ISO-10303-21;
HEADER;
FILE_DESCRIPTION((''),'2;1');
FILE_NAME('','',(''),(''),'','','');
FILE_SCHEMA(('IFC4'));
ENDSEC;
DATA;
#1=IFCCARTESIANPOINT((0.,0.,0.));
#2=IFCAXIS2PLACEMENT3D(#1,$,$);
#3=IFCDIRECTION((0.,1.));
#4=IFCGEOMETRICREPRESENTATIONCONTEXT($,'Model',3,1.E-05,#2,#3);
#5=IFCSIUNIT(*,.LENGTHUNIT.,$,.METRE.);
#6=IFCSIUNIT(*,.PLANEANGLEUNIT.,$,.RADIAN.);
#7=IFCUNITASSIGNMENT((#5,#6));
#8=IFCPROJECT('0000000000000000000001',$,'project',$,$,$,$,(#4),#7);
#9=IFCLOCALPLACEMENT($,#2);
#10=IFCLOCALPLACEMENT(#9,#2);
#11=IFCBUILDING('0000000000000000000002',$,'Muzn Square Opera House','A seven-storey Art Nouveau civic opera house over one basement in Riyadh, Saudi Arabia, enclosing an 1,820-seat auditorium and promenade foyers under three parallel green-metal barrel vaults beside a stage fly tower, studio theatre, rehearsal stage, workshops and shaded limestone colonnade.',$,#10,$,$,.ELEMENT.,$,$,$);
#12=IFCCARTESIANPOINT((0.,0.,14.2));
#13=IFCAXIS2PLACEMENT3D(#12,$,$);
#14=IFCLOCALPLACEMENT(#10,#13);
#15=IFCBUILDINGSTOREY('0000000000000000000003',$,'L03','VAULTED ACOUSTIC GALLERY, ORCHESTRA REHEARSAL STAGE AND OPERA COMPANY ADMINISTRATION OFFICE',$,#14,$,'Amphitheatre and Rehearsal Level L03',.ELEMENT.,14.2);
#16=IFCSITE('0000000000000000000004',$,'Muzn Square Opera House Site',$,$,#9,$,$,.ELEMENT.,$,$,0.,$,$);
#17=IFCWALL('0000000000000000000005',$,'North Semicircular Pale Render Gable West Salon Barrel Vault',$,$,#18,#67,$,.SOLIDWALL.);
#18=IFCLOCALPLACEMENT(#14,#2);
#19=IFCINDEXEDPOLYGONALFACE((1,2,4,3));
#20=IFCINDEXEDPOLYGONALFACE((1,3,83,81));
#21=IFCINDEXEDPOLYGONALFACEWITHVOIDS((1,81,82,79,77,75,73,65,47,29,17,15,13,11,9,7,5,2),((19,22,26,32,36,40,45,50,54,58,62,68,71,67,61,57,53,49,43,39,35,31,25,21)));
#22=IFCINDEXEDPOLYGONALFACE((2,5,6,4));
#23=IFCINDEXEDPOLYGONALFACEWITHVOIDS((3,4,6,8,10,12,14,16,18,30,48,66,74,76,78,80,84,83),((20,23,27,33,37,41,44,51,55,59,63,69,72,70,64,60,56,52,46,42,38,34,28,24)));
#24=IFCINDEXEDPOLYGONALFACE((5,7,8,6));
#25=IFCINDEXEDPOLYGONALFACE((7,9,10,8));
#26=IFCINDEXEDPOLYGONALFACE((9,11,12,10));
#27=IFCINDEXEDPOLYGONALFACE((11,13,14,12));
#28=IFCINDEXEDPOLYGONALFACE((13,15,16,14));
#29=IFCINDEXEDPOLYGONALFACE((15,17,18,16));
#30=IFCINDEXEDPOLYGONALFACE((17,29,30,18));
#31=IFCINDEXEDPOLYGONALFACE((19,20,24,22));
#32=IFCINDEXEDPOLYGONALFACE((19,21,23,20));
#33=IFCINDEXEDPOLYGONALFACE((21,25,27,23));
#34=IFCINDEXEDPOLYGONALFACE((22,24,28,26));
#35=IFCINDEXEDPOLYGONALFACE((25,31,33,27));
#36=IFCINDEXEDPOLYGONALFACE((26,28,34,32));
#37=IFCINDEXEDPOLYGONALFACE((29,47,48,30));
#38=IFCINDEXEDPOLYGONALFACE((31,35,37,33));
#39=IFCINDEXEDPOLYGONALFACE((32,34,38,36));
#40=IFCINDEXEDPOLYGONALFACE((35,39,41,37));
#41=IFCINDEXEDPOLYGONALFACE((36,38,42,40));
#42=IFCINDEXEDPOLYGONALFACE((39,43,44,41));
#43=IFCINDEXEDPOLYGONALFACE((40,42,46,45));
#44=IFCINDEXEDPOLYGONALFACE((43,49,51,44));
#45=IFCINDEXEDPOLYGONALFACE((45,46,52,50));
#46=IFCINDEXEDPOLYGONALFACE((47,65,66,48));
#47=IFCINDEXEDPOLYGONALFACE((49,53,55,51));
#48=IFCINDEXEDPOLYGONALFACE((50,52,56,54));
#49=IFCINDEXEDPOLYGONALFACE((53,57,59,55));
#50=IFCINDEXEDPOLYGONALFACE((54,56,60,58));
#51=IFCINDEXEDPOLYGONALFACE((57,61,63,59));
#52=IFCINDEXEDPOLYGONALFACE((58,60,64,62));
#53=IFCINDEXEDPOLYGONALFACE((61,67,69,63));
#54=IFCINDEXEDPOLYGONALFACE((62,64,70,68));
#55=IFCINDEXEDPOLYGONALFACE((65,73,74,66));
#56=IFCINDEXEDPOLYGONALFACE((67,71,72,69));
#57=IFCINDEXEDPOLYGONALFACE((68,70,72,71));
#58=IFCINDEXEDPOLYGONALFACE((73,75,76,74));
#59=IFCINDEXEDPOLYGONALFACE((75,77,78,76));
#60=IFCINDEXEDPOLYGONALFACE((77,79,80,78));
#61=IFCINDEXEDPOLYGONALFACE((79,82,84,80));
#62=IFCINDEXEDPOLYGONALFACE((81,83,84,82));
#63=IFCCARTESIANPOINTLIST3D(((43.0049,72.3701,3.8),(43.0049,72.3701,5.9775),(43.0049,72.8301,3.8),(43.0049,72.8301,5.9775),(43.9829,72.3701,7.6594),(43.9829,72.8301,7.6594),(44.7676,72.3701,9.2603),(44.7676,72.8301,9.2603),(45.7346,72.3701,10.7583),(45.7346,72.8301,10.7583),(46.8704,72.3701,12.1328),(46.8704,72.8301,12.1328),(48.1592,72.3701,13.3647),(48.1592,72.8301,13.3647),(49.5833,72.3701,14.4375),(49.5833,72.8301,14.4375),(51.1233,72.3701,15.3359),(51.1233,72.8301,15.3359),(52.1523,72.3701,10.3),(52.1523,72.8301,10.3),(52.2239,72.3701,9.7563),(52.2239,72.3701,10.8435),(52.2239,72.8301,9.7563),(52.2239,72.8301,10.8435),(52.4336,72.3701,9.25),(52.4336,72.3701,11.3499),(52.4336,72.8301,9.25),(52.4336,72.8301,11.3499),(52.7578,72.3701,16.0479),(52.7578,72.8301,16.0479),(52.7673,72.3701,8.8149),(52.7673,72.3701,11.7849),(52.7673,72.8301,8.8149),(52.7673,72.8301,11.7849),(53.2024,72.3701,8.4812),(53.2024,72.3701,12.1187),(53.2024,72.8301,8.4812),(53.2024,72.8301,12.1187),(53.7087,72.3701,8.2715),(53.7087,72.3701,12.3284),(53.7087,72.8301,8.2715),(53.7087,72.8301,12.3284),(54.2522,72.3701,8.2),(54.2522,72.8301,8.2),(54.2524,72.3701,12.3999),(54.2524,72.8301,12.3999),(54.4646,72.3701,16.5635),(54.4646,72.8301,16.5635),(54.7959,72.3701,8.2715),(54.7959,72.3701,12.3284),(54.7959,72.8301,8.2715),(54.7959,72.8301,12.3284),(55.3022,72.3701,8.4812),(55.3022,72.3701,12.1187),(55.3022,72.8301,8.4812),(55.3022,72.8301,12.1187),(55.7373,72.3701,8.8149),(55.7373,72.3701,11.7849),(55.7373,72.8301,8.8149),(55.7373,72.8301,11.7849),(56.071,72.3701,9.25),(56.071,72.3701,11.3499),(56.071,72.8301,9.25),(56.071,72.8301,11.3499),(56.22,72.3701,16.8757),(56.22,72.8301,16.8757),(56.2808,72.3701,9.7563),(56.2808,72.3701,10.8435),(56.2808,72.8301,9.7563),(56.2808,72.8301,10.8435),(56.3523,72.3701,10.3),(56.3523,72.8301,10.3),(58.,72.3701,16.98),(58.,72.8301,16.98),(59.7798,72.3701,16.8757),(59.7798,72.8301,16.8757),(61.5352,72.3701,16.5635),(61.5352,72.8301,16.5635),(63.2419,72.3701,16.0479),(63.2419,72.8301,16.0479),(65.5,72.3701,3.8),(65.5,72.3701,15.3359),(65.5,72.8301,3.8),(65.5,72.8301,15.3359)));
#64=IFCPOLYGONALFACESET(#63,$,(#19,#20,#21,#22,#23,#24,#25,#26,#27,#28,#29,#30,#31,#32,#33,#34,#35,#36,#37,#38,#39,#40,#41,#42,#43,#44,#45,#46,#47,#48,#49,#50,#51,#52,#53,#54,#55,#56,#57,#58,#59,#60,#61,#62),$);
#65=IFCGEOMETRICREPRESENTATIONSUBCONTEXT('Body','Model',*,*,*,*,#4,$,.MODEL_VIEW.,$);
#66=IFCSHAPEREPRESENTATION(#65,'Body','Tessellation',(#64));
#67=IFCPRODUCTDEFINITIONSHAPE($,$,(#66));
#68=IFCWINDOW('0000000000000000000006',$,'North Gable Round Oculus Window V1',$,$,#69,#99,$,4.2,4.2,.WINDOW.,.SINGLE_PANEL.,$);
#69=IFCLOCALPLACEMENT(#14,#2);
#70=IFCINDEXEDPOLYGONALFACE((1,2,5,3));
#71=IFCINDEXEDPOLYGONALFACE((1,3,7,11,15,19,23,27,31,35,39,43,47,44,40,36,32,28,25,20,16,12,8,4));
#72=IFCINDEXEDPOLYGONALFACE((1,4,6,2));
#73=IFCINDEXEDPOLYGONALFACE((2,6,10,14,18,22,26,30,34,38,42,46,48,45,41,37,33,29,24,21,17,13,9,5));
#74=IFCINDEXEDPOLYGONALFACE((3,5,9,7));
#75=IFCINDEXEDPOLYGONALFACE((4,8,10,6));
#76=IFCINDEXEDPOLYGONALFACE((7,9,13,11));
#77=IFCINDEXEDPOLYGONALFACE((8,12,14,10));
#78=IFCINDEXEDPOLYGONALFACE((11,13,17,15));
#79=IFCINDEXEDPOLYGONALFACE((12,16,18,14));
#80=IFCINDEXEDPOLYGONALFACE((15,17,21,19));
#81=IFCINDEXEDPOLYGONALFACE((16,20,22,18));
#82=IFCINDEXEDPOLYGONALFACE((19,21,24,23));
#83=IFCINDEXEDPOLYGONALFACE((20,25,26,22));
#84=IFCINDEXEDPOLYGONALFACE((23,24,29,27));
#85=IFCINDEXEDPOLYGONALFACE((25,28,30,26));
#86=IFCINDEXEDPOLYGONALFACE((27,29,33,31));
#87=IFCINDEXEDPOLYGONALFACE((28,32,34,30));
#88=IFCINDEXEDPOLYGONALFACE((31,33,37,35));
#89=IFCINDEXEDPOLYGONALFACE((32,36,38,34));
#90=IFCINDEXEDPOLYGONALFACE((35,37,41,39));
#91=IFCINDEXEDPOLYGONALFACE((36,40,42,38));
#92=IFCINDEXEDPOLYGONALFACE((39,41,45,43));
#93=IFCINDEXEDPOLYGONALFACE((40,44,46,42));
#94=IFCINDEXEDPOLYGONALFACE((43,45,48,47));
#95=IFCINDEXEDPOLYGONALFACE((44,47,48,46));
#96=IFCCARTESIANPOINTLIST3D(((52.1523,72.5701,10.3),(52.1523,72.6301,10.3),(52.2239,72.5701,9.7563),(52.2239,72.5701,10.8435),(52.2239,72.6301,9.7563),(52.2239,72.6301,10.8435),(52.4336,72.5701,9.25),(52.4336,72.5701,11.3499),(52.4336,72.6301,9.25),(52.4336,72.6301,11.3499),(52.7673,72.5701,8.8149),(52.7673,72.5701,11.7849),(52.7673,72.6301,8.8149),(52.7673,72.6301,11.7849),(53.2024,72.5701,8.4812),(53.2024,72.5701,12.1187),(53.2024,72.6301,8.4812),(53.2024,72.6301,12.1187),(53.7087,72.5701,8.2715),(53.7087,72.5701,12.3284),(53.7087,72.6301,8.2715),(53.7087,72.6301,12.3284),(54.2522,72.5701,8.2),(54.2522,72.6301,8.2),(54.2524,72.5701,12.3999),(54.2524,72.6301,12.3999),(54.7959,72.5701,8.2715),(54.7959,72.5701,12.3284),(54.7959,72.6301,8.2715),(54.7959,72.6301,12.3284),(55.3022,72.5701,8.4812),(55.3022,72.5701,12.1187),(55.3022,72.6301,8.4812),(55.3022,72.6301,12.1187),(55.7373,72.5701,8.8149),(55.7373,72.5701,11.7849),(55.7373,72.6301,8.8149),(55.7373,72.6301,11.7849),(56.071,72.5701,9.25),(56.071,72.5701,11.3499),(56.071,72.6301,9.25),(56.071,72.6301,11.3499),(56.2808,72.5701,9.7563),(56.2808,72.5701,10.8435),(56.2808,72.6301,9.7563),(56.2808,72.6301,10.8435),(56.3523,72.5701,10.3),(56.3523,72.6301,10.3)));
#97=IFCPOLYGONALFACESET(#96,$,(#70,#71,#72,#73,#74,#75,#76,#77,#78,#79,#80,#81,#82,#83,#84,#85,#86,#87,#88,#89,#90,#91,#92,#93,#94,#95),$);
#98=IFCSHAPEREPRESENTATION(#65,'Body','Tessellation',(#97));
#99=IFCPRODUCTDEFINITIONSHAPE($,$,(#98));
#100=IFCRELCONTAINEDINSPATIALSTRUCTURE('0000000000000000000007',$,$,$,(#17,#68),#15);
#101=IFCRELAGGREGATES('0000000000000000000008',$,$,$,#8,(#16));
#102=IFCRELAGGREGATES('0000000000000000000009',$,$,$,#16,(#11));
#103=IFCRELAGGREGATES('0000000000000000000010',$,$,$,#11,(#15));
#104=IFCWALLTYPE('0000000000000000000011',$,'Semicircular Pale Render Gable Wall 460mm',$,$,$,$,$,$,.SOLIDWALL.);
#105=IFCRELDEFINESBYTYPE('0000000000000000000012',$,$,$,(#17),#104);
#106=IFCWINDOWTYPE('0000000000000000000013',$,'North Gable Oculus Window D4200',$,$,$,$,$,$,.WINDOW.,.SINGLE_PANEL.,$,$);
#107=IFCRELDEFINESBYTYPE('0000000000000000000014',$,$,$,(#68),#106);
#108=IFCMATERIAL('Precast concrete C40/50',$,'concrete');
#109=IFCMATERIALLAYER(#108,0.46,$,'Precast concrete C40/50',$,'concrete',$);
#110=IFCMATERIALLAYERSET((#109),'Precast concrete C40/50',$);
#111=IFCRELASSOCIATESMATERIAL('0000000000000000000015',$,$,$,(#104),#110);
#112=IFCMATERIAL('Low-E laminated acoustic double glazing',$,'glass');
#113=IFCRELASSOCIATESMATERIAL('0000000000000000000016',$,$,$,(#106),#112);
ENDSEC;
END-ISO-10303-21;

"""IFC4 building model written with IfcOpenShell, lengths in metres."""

from ifc_helpers import new_model, si_unit, direction, frame, origin, place, context, subcontext, project, spatial, polyline, outline, extrude, material, layer, layer_set, type_object, element, fill, save


model = new_model("IFC4")

# Units and contexts
model_context = context("Model", 3, precision=1e-05, world=origin(), true_north=direction((0.0, 1.0)))
body_context = subcontext(model_context, "Body", "Model", "MODEL_VIEW")
ifc_project = project(units=[si_unit("LENGTHUNIT", "METRE"), si_unit("PLANEANGLEUNIT", "RADIAN")], contexts=[model_context])

# Site, building, storey
site_placement = place(None, origin())
site = spatial("IfcSite", under=ifc_project, at=site_placement, Name="Muzn Square Opera House Site", CompositionType="ELEMENT", RefElevation=0.0)
building_placement = place(site_placement, origin())
building = spatial("IfcBuilding", under=site, at=building_placement, Name="Muzn Square Opera House", Description="A seven-storey Art Nouveau civic opera house over one basement in Riyadh, Saudi Arabia, enclosing an 1,820-seat auditorium and promenade foyers under three parallel green-metal barrel vaults beside a stage fly tower, studio theatre, rehearsal stage, workshops and shaded limestone colonnade.", CompositionType="ELEMENT")
storey_placement = place(building_placement, frame((0.0, 0.0, 14.2)))
storey = spatial("IfcBuildingStorey", under=building, at=storey_placement, Name="L03", Description="VAULTED ACOUSTIC GALLERY, ORCHESTRA REHEARSAL STAGE AND OPERA COMPANY ADMINISTRATION OFFICE", LongName="Amphitheatre and Rehearsal Level L03", CompositionType="ELEMENT", Elevation=14.2)

# Shared definitions
ifc_material_1 = material(Name="Precast concrete C40/50", Category="concrete")

# Wall, opening, window
ifc_layer_1 = layer(ifc_material_1, 0.46, Name="Precast concrete C40/50", Category="concrete")
ifc_layer_set_1 = layer_set([ifc_layer_1], Name="Precast concrete C40/50")
wall_type_1 = type_object("IfcWallType", Name="Semicircular Pale Render Gable Wall 460mm", PredefinedType="SOLIDWALL", material=ifc_layer_set_1)
wall_1_placement = place(storey_placement, frame((43.0049, 72.6001, 3.8), z_axis=(0.0, 0.0, 1.0), x_axis=(1.0, 0.0, 0.0)))
wall_1 = element("IfcWall", 1, at=wall_1_placement, inside=storey, type_object=wall_type_1, Name="North Semicircular Pale Render Gable West Salon Barrel Vault", PredefinedType="SOLIDWALL", context=body_context, shape_type="SweptSolid", body=[
    extrude(outline(polyline([(0.0, 0.0), (22.4951, 0.0), (22.4951, 11.5359), (20.2371, 12.2478), (18.5303, 12.7634), (16.7749, 13.0757), (14.9951, 13.1799), (13.2151, 13.0757), (11.4597, 12.7634), (9.7529, 12.2478), (8.1184, 11.5359), (6.5784, 10.6375), (5.1543, 9.5647), (3.8655, 8.3328), (2.7297, 6.9583), (1.7627, 5.4602), (0.978, 3.8594), (0.0, 2.1775), (0.0, 0.0)])), frame((0.0, 0.23, 0.0), z_axis=(0.0, -1.0, 0.0), x_axis=(1.0, 0.0, 0.0)), (0.0, 0.0, 1.0), 0.46),
])
opening_1_placement = place(wall_1_placement, frame((9.1475, 0.0, 4.3999)))
opening_1 = element("IfcOpeningElement", 2, at=opening_1_placement, cuts=wall_1, PredefinedType="OPENING", context=body_context, shape_type="SweptSolid", body=[
    extrude(outline(polyline([(4.2, 2.1001), (4.1284, 2.6436), (3.9187, 3.1499), (3.585, 3.585), (3.1499, 3.9187), (2.6436, 4.1284), (2.1001, 4.2), (1.5564, 4.1284), (1.05, 3.9187), (0.615, 3.585), (0.2812, 3.1499), (0.0715, 2.6436), (0.0, 2.1001), (0.0715, 1.5564), (0.2812, 1.05), (0.615, 0.615), (1.05, 0.2812), (1.5564, 0.0715), (2.0999, 0.0), (2.6436, 0.0715), (3.1499, 0.2812), (3.585, 0.615), (3.9187, 1.05), (4.1284, 1.5564), (4.2, 2.1001)])), frame((0.0, 0.24, 0.0), z_axis=(0.0, -1.0, 0.0), x_axis=(1.0, 0.0, 0.0)), (0.0, 0.0, 1.0), 0.48),
])
ifc_material_2 = material(Name="Low-E laminated acoustic double glazing", Category="glass")
window_type = type_object("IfcWindowType", Name="North Gable Oculus Window D4200", PartitioningType="SINGLE_PANEL", PredefinedType="WINDOW", material=ifc_material_2)
window_placement = place(opening_1_placement, origin())
window = element("IfcWindow", 3, at=window_placement, inside=storey, type_object=window_type, Name="North Gable Round Oculus Window V1", OverallHeight=4.2, OverallWidth=4.2, PartitioningType="SINGLE_PANEL", PredefinedType="WINDOW", context=body_context, shape_type="SweptSolid", body=[
    extrude(outline(polyline([(4.2, 2.1001), (4.1284, 2.6436), (3.9187, 3.1499), (3.585, 3.585), (3.1499, 3.9187), (2.6436, 4.1284), (2.1001, 4.2), (1.5564, 4.1284), (1.05, 3.9187), (0.615, 3.585), (0.2812, 3.1499), (0.0715, 2.6436), (0.0, 2.1001), (0.0715, 1.5564), (0.2812, 1.05), (0.615, 0.615), (1.05, 0.2812), (1.5564, 0.0715), (2.0999, 0.0), (2.6436, 0.0715), (3.1499, 0.2812), (3.585, 0.615), (3.9187, 1.05), (4.1284, 1.5564), (4.2, 2.1001)])), frame((0.0, 0.03, 0.0), z_axis=(0.0, -1.0, 0.0), x_axis=(1.0, 0.0, 0.0)), (0.0, 0.0, 1.0), 0.0601),
])
fill(opening_1, window)

save(model, "model.ifc")
